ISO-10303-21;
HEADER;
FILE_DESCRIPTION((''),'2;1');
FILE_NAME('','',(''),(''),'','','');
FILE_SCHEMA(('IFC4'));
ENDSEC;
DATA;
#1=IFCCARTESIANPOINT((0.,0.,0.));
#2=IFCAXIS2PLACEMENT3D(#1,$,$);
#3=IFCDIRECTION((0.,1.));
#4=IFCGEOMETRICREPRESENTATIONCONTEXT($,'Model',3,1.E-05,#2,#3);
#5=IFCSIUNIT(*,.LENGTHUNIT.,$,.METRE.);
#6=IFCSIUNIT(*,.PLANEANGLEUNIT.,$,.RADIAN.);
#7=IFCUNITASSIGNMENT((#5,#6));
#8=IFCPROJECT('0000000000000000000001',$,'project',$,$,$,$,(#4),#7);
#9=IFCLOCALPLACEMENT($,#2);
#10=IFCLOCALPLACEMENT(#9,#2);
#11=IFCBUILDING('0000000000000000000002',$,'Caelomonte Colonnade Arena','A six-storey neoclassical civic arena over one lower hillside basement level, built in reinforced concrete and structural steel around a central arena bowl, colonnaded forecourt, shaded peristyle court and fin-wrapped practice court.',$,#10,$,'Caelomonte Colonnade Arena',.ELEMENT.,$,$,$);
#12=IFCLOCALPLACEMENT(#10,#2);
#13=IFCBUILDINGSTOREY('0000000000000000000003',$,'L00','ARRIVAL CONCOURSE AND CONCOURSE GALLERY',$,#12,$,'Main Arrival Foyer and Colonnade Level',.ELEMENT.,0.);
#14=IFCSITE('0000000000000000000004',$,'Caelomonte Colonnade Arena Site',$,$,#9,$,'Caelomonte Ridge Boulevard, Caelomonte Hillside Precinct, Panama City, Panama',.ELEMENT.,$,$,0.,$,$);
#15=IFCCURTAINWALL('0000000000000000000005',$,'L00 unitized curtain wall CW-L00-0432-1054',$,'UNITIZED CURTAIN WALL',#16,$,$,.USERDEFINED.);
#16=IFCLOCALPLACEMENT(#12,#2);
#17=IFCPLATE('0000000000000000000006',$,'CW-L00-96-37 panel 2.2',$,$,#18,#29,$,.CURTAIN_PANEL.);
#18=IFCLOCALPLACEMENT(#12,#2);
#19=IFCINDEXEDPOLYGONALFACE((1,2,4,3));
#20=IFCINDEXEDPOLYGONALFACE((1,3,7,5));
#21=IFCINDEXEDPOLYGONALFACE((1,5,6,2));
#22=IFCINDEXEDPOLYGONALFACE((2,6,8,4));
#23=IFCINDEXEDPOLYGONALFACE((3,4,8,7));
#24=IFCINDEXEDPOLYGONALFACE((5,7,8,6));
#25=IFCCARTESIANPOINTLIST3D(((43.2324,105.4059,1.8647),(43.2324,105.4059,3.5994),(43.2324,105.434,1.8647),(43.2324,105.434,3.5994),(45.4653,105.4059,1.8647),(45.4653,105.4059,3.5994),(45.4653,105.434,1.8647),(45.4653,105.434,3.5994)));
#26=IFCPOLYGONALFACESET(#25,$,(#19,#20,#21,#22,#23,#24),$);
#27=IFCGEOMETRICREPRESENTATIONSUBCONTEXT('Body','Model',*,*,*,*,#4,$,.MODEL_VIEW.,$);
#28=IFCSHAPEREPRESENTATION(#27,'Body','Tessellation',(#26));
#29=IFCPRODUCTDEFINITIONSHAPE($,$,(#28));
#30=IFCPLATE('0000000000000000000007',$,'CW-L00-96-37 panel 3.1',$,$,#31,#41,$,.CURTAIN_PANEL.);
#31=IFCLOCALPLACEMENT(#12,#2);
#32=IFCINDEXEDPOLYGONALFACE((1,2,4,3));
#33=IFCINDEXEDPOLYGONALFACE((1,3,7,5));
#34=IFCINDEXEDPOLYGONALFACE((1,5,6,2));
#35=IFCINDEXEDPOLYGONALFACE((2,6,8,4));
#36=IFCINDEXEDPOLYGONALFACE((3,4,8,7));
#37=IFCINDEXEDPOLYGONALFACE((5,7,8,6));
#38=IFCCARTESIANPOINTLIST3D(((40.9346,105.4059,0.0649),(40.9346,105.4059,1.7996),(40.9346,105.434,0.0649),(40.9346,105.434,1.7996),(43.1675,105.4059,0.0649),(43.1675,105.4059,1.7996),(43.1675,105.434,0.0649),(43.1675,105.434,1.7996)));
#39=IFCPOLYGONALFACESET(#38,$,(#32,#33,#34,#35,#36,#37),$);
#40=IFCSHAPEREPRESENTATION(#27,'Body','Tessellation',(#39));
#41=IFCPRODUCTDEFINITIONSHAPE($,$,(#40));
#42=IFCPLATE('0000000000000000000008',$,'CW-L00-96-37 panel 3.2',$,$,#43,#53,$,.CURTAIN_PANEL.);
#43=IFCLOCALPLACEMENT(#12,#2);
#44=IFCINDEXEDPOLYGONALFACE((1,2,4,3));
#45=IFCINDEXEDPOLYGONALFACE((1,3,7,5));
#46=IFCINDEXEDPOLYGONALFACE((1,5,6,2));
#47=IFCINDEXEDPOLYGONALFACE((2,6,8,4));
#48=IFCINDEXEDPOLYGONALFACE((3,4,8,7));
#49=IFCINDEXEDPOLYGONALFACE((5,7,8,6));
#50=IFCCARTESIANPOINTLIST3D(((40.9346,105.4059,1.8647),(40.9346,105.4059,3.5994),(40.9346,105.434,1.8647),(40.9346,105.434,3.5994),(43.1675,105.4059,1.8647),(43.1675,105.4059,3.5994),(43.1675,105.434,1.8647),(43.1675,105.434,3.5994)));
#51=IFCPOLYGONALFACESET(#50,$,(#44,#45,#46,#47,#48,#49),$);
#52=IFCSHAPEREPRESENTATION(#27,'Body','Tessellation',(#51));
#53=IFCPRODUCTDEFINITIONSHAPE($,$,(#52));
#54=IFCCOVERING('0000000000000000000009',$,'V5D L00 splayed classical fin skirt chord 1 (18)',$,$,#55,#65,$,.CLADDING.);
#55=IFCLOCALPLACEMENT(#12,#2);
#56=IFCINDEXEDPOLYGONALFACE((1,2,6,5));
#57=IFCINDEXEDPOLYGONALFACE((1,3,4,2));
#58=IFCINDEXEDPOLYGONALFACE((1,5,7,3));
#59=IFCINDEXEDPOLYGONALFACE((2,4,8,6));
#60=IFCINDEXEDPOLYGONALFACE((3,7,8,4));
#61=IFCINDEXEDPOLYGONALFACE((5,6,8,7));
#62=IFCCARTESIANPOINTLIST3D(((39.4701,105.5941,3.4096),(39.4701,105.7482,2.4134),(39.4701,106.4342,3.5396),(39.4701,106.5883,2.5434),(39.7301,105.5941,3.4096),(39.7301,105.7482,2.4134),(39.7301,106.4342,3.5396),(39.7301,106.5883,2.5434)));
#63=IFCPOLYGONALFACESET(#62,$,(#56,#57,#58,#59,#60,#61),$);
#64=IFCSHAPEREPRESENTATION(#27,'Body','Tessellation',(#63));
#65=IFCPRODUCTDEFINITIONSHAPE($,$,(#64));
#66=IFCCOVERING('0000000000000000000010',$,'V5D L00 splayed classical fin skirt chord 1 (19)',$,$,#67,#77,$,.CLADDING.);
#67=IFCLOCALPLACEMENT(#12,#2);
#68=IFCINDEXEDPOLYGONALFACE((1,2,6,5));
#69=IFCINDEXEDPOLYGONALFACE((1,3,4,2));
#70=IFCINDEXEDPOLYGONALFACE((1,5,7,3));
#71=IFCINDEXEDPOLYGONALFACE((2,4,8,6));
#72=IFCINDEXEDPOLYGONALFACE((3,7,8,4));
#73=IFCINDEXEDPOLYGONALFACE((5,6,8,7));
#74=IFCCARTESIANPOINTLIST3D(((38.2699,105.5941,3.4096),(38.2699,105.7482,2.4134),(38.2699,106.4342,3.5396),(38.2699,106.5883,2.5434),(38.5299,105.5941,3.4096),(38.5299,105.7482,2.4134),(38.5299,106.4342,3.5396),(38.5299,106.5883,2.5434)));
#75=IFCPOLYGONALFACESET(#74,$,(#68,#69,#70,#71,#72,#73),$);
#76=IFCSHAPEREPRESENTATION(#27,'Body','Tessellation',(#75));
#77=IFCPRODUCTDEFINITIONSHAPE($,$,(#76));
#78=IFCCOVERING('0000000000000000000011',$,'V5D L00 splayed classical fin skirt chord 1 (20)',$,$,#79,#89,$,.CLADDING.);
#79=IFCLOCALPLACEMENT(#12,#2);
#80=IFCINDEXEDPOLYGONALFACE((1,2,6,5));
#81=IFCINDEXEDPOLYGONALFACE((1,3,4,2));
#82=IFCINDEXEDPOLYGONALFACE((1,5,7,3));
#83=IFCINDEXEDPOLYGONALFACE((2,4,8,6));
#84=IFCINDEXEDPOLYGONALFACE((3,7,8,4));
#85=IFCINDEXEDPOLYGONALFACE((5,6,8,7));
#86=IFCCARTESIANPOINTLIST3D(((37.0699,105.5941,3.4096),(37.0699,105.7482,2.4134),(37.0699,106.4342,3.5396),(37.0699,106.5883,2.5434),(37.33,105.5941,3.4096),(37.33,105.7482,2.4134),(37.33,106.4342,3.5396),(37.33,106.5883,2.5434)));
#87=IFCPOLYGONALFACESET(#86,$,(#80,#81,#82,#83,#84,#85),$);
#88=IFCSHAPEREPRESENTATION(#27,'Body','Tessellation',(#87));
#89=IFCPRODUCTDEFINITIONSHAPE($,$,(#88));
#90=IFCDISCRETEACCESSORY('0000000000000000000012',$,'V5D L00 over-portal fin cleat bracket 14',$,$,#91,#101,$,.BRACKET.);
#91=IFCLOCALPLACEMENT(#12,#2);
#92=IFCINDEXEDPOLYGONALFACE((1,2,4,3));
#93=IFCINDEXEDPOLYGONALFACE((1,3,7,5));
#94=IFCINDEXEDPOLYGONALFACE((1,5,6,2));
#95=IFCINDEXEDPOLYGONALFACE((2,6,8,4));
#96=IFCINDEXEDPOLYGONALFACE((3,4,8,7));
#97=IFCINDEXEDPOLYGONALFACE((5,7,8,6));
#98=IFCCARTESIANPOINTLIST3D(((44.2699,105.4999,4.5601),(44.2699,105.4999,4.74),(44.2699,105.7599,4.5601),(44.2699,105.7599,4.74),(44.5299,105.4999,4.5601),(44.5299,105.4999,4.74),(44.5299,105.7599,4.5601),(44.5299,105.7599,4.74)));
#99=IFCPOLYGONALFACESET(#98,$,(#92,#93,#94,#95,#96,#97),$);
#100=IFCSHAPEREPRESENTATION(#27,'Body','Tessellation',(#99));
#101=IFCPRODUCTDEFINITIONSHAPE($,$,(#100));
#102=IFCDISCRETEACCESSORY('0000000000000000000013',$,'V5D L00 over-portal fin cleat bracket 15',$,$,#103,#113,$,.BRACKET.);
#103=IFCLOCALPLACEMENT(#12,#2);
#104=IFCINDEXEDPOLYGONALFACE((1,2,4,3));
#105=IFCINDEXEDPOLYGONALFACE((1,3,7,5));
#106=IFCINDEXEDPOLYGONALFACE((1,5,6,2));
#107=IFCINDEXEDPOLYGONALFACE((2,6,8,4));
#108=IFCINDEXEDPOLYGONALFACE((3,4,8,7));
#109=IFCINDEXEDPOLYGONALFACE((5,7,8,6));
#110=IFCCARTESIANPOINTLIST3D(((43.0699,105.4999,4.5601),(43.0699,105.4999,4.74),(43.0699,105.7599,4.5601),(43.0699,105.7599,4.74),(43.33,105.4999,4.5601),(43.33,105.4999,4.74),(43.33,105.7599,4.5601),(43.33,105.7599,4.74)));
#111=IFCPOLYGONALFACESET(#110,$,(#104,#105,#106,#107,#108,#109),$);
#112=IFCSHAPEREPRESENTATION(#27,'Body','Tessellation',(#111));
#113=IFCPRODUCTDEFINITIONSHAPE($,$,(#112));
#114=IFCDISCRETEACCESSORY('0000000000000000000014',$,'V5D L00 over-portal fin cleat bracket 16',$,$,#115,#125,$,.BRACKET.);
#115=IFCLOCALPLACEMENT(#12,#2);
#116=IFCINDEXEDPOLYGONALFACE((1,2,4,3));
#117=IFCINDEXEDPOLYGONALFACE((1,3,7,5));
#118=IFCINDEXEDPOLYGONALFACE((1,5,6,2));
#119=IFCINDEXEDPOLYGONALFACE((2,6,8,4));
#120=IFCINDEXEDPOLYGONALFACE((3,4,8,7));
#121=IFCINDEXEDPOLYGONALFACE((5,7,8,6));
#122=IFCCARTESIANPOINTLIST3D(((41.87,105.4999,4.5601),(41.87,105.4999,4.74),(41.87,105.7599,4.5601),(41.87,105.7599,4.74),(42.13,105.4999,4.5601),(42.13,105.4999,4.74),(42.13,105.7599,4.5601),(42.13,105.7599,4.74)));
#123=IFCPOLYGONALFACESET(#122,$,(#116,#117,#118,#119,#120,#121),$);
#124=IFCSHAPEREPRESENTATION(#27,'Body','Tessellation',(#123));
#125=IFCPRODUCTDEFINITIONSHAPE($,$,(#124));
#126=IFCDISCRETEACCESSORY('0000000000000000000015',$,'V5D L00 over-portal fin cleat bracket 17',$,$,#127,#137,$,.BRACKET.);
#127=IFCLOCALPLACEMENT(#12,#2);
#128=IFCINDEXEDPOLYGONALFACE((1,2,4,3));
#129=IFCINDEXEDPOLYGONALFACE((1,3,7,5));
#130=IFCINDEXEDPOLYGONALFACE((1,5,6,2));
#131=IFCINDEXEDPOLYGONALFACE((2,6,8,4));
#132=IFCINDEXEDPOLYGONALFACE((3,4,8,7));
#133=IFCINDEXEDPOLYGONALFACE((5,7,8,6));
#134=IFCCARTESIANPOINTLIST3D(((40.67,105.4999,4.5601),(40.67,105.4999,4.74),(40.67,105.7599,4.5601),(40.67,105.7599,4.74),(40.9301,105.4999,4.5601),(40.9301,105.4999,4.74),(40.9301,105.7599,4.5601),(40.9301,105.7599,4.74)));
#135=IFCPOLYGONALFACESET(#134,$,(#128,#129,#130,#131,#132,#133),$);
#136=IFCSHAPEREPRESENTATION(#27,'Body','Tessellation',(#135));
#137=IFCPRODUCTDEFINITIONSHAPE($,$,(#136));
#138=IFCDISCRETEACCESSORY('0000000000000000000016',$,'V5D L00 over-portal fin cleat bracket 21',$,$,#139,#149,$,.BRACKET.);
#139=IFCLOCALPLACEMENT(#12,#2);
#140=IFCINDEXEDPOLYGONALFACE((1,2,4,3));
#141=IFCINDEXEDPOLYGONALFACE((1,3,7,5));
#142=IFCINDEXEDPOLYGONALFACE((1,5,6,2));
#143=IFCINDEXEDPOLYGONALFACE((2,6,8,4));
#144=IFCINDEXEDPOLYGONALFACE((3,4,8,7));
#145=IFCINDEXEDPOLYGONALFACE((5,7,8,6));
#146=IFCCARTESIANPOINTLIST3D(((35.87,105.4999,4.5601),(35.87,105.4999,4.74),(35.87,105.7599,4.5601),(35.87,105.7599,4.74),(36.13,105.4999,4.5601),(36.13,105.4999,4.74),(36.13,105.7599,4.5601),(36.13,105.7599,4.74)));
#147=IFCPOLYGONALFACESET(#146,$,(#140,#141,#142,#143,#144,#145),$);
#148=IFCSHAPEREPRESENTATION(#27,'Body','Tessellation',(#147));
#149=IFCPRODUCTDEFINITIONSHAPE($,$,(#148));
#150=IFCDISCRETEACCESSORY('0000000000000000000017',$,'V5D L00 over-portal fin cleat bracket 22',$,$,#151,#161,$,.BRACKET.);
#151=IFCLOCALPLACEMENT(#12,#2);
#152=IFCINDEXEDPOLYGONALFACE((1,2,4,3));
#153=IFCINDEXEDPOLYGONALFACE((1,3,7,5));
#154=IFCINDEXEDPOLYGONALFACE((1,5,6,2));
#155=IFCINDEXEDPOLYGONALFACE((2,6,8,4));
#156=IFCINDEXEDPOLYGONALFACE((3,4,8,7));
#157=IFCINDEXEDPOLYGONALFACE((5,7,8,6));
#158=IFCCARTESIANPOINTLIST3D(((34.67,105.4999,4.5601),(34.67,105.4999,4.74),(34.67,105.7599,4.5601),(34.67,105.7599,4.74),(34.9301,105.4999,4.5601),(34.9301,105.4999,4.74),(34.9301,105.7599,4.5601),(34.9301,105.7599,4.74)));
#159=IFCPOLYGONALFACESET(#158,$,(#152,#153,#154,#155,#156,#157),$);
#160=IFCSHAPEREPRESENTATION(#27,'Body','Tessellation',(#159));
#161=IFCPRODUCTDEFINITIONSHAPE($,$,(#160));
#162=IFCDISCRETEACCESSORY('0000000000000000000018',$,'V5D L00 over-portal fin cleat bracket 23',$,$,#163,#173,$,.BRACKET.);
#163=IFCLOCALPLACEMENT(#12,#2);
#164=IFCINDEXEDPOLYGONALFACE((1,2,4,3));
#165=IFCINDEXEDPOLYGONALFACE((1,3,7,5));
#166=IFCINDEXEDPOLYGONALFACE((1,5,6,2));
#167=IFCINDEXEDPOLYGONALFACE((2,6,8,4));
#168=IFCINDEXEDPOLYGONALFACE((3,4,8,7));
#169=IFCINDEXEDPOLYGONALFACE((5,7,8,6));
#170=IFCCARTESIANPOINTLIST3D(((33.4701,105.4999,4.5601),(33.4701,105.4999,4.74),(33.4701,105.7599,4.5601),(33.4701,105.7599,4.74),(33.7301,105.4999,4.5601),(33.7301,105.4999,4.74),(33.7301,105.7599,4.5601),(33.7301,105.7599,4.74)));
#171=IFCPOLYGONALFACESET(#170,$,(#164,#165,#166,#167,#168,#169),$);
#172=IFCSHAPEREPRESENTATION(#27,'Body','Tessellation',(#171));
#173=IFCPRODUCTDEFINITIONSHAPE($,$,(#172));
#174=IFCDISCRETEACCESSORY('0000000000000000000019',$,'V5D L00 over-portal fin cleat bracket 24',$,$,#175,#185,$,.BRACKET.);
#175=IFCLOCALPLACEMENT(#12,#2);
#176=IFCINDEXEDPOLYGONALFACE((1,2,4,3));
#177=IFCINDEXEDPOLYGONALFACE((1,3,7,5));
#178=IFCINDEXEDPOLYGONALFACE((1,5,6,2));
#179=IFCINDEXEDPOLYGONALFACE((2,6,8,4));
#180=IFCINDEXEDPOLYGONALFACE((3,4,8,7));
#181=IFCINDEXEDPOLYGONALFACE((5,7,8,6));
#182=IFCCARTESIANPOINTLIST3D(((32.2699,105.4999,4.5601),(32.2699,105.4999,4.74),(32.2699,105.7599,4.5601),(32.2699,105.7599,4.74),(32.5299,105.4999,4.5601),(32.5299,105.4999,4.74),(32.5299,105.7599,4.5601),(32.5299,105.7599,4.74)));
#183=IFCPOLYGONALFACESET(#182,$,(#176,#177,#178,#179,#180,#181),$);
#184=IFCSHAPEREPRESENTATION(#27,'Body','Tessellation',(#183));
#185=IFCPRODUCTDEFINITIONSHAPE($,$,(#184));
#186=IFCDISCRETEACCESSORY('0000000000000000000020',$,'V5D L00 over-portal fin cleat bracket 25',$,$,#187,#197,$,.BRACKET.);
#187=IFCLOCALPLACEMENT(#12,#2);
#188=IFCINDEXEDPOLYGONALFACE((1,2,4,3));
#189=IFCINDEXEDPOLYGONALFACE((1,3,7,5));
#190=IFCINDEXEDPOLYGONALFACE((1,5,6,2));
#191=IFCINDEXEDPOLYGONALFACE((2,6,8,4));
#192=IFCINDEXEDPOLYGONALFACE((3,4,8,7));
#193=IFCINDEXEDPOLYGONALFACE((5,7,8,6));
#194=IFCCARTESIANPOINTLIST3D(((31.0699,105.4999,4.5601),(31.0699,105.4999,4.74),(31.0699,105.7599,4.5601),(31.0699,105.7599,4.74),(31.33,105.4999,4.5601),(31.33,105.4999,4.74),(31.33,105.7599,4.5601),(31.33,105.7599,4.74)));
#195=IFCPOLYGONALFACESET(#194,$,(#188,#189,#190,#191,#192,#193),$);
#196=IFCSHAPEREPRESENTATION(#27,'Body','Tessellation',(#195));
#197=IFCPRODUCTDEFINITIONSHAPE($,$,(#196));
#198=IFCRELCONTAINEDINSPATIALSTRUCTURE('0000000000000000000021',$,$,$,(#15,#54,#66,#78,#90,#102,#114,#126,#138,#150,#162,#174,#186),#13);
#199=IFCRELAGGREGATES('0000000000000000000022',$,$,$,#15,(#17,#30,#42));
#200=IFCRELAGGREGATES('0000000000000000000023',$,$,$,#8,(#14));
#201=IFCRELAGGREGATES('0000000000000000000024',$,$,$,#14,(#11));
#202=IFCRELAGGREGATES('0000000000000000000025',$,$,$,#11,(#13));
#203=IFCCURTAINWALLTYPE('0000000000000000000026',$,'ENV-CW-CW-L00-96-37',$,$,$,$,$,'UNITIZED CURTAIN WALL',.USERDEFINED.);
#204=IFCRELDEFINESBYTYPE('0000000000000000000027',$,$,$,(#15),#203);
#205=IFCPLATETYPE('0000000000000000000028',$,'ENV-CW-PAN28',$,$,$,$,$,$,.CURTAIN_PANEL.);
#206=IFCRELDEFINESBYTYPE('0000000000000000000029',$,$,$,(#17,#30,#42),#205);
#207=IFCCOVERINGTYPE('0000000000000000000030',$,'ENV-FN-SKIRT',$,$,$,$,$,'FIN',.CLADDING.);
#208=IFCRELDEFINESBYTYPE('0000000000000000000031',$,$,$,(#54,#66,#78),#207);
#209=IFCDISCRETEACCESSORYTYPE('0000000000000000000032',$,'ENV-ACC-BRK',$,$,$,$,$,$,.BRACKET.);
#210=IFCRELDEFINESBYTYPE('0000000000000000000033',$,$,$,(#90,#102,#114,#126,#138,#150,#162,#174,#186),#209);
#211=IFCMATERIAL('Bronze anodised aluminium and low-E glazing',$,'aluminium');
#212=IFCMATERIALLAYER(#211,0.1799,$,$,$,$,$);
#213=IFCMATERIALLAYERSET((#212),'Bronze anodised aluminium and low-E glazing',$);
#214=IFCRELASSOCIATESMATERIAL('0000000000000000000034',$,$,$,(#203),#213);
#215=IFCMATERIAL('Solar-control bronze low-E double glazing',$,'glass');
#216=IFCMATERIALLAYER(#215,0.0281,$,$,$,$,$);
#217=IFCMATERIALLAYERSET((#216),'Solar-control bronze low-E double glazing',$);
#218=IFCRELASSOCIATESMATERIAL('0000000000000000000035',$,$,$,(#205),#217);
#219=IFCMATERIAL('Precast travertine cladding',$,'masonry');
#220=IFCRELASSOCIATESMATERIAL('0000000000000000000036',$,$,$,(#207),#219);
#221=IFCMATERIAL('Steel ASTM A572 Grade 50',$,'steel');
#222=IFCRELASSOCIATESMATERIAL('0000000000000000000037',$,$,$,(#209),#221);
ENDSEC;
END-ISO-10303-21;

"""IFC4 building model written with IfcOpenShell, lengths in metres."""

from ifc_helpers import new_model, si_unit, direction, frame, origin, origin_2d, place, context, subcontext, project, spatial, rectangle, extrude, material, layer, layer_set, material_profile, profile_set, type_object, element, aggregate, save


model = new_model("IFC4")

# Units and contexts
model_context = context("Model", 3, precision=1e-05, world=origin(), true_north=direction((0.0, 1.0)))
body_context = subcontext(model_context, "Body", "Model", "MODEL_VIEW")
ifc_project = project(units=[si_unit("LENGTHUNIT", "METRE"), si_unit("PLANEANGLEUNIT", "RADIAN")], contexts=[model_context])

# Site, building, storey
site_placement = place(None, origin())
site = spatial("IfcSite", under=ifc_project, at=site_placement, Name="Caelomonte Colonnade Arena Site", LongName="Caelomonte Ridge Boulevard, Caelomonte Hillside Precinct, Panama City, Panama", CompositionType="ELEMENT", RefElevation=0.0)
building_placement = place(site_placement, origin())
building = spatial("IfcBuilding", under=site, at=building_placement, Name="Caelomonte Colonnade Arena", Description="A six-storey neoclassical civic arena over one lower hillside basement level, built in reinforced concrete and structural steel around a central arena bowl, colonnaded forecourt, shaded peristyle court and fin-wrapped practice court.", LongName="Caelomonte Colonnade Arena", CompositionType="ELEMENT")
storey_placement = place(building_placement, origin())
storey = spatial("IfcBuildingStorey", under=building, at=storey_placement, Name="L00", Description="ARRIVAL CONCOURSE AND CONCOURSE GALLERY", LongName="Main Arrival Foyer and Colonnade Level", CompositionType="ELEMENT", Elevation=0.0)

# Curtain wall
ifc_material_1 = material(Name="Bronze anodised aluminium and low-E glazing", Category="aluminium")
ifc_layer_1 = layer(ifc_material_1, 0.1799)
ifc_layer_set_1 = layer_set([ifc_layer_1], Name="Bronze anodised aluminium and low-E glazing")
curtain_wall_type = type_object("IfcCurtainWallType", Name="ENV-CW-CW-L00-96-37", ElementType="UNITIZED CURTAIN WALL", PredefinedType="USERDEFINED", material=ifc_layer_set_1)
curtain_wall_placement = place(storey_placement, origin())
curtain_wall = element("IfcCurtainWall", 1, at=curtain_wall_placement, inside=storey, type_object=curtain_wall_type, Name="L00 unitized curtain wall CW-L00-0432-1054", ObjectType="UNITIZED CURTAIN WALL", PredefinedType="USERDEFINED")

# Plates
ifc_material_2 = material(Name="Solar-control bronze low-E double glazing", Category="glass")
ifc_layer_2 = layer(ifc_material_2, 0.0281)
ifc_layer_set_2 = layer_set([ifc_layer_2], Name="Solar-control bronze low-E double glazing")
plate_type = type_object("IfcPlateType", Name="ENV-CW-PAN28", PredefinedType="CURTAIN_PANEL", material=ifc_layer_set_2)
plate_1_placement = place(storey_placement, frame((44.3489, 105.4199, 1.8647), z_axis=(0.0, 0.0, 1.0), x_axis=(-1.0, 0.0, 0.0)))
plate_1 = element("IfcPlate", 2, at=plate_1_placement, type_object=plate_type, Name="CW-L00-96-37 panel 2.2", PredefinedType="CURTAIN_PANEL", context=body_context, shape_type="SweptSolid", body=[
    extrude(rectangle(XDim=2.2329, YDim=0.0281, at=origin_2d()), origin(), (0.0, 0.0, 1.0), 1.7346),
])
plate_2_placement = place(storey_placement, frame((42.051, 105.4199, 0.0649), z_axis=(0.0, 0.0, 1.0), x_axis=(-1.0, 0.0, 0.0)))
plate_2 = element("IfcPlate", 3, at=plate_2_placement, type_object=plate_type, Name="CW-L00-96-37 panel 3.1", PredefinedType="CURTAIN_PANEL", context=body_context, shape_type="SweptSolid", body=[
    extrude(rectangle(XDim=2.2329, YDim=0.0281, at=origin_2d()), origin(), (0.0, 0.0, 1.0), 1.7346),
])
plate_3_placement = place(storey_placement, frame((42.051, 105.4199, 1.8647), z_axis=(0.0, 0.0, 1.0), x_axis=(-1.0, 0.0, 0.0)))
plate_3 = element("IfcPlate", 4, at=plate_3_placement, type_object=plate_type, Name="CW-L00-96-37 panel 3.2", PredefinedType="CURTAIN_PANEL", context=body_context, shape_type="SweptSolid", body=[
    extrude(rectangle(XDim=2.2329, YDim=0.0281, at=origin_2d()), origin(), (0.0, 0.0, 1.0), 1.7346),
])
aggregate(curtain_wall, [plate_1, plate_2, plate_3])

# Coverings
ifc_material_3 = material(Name="Precast travertine cladding", Category="masonry")
ifc_material_profile_1 = material_profile(ifc_material_3, rectangle(XDim=0.26, YDim=0.8501, at=origin_2d()), Name="FIN260X850")
ifc_profile_set_1 = profile_set([ifc_material_profile_1], Name="Precast travertine cladding")
covering_type = type_object("IfcCoveringType", Name="ENV-FN-SKIRT", ElementType="FIN", PredefinedType="CLADDING", material=ifc_profile_set_1)
for number, where, z_axis, x_axis, name in (
    (5, (39.6001, 106.0142, 3.4746), (0.0, 0.15284, -0.988251), (-1.0, 0.0, 0.0), "V5D L00 splayed classical fin skirt chord 1 (18)"),
    (6, (38.3999, 106.0142, 3.4746), (0.0, 0.15284, -0.988251), (-1.0, 0.0, 0.0), "V5D L00 splayed classical fin skirt chord 1 (19)"),
    (7, (37.2, 106.0142, 3.4746), (0.0, 0.15284, -0.988251), (-1.0, 0.0, 0.0), "V5D L00 splayed classical fin skirt chord 1 (20)"),
):
    element("IfcCovering", number, at=place(storey_placement, frame(where, z_axis=z_axis, x_axis=x_axis)), inside=storey, type_object=covering_type, Name=name, PredefinedType="CLADDING", context=body_context, shape_type="SweptSolid", body=[
        extrude(rectangle(XDim=0.26, YDim=0.8501, at=origin_2d()), origin(), (0.0, 0.0, 1.0), 1.0081),
    ])

# Discrete accessories
ifc_material_4 = material(Name="Steel ASTM A572 Grade 50", Category="steel")
discrete_accessory_type = type_object("IfcDiscreteAccessoryType", Name="ENV-ACC-BRK", PredefinedType="BRACKET", material=ifc_material_4)
for number, where, z_axis, x_axis, name in (
    (8, (44.3999, 105.6299, 4.5601), (0.0, 0.0, 1.0), (-1.0, 0.0, 0.0), "V5D L00 over-portal fin cleat bracket 14"),
    (9, (43.2, 105.6299, 4.5601), (0.0, 0.0, 1.0), (-1.0, 0.0, 0.0), "V5D L00 over-portal fin cleat bracket 15"),
    (10, (42.0, 105.6299, 4.5601), (0.0, 0.0, 1.0), (-1.0, 0.0, 0.0), "V5D L00 over-portal fin cleat bracket 16"),
    (11, (40.8, 105.6299, 4.5601), (0.0, 0.0, 1.0), (-1.0, 0.0, 0.0), "V5D L00 over-portal fin cleat bracket 17"),
    (12, (36.0, 105.6299, 4.5601), (0.0, 0.0, 1.0), (-1.0, 0.0, 0.0), "V5D L00 over-portal fin cleat bracket 21"),
    (13, (34.8, 105.6299, 4.5601), (0.0, 0.0, 1.0), (-1.0, 0.0, 0.0), "V5D L00 over-portal fin cleat bracket 22"),
    (14, (33.6001, 105.6299, 4.5601), (0.0, 0.0, 1.0), (-1.0, 0.0, 0.0), "V5D L00 over-portal fin cleat bracket 23"),
    (15, (32.3999, 105.6299, 4.5601), (0.0, 0.0, 1.0), (-1.0, 0.0, 0.0), "V5D L00 over-portal fin cleat bracket 24"),
    (16, (31.2, 105.6299, 4.5601), (0.0, 0.0, 1.0), (-1.0, 0.0, 0.0), "V5D L00 over-portal fin cleat bracket 25"),
):
    element("IfcDiscreteAccessory", number, at=place(storey_placement, frame(where, z_axis=z_axis, x_axis=x_axis)), inside=storey, type_object=discrete_accessory_type, Name=name, PredefinedType="BRACKET", context=body_context, shape_type="SweptSolid", body=[
        extrude(rectangle(XDim=0.26, YDim=0.26, at=origin_2d()), origin(), (0.0, 0.0, 1.0), 0.1799),
    ])

save(model, "model.ifc")
